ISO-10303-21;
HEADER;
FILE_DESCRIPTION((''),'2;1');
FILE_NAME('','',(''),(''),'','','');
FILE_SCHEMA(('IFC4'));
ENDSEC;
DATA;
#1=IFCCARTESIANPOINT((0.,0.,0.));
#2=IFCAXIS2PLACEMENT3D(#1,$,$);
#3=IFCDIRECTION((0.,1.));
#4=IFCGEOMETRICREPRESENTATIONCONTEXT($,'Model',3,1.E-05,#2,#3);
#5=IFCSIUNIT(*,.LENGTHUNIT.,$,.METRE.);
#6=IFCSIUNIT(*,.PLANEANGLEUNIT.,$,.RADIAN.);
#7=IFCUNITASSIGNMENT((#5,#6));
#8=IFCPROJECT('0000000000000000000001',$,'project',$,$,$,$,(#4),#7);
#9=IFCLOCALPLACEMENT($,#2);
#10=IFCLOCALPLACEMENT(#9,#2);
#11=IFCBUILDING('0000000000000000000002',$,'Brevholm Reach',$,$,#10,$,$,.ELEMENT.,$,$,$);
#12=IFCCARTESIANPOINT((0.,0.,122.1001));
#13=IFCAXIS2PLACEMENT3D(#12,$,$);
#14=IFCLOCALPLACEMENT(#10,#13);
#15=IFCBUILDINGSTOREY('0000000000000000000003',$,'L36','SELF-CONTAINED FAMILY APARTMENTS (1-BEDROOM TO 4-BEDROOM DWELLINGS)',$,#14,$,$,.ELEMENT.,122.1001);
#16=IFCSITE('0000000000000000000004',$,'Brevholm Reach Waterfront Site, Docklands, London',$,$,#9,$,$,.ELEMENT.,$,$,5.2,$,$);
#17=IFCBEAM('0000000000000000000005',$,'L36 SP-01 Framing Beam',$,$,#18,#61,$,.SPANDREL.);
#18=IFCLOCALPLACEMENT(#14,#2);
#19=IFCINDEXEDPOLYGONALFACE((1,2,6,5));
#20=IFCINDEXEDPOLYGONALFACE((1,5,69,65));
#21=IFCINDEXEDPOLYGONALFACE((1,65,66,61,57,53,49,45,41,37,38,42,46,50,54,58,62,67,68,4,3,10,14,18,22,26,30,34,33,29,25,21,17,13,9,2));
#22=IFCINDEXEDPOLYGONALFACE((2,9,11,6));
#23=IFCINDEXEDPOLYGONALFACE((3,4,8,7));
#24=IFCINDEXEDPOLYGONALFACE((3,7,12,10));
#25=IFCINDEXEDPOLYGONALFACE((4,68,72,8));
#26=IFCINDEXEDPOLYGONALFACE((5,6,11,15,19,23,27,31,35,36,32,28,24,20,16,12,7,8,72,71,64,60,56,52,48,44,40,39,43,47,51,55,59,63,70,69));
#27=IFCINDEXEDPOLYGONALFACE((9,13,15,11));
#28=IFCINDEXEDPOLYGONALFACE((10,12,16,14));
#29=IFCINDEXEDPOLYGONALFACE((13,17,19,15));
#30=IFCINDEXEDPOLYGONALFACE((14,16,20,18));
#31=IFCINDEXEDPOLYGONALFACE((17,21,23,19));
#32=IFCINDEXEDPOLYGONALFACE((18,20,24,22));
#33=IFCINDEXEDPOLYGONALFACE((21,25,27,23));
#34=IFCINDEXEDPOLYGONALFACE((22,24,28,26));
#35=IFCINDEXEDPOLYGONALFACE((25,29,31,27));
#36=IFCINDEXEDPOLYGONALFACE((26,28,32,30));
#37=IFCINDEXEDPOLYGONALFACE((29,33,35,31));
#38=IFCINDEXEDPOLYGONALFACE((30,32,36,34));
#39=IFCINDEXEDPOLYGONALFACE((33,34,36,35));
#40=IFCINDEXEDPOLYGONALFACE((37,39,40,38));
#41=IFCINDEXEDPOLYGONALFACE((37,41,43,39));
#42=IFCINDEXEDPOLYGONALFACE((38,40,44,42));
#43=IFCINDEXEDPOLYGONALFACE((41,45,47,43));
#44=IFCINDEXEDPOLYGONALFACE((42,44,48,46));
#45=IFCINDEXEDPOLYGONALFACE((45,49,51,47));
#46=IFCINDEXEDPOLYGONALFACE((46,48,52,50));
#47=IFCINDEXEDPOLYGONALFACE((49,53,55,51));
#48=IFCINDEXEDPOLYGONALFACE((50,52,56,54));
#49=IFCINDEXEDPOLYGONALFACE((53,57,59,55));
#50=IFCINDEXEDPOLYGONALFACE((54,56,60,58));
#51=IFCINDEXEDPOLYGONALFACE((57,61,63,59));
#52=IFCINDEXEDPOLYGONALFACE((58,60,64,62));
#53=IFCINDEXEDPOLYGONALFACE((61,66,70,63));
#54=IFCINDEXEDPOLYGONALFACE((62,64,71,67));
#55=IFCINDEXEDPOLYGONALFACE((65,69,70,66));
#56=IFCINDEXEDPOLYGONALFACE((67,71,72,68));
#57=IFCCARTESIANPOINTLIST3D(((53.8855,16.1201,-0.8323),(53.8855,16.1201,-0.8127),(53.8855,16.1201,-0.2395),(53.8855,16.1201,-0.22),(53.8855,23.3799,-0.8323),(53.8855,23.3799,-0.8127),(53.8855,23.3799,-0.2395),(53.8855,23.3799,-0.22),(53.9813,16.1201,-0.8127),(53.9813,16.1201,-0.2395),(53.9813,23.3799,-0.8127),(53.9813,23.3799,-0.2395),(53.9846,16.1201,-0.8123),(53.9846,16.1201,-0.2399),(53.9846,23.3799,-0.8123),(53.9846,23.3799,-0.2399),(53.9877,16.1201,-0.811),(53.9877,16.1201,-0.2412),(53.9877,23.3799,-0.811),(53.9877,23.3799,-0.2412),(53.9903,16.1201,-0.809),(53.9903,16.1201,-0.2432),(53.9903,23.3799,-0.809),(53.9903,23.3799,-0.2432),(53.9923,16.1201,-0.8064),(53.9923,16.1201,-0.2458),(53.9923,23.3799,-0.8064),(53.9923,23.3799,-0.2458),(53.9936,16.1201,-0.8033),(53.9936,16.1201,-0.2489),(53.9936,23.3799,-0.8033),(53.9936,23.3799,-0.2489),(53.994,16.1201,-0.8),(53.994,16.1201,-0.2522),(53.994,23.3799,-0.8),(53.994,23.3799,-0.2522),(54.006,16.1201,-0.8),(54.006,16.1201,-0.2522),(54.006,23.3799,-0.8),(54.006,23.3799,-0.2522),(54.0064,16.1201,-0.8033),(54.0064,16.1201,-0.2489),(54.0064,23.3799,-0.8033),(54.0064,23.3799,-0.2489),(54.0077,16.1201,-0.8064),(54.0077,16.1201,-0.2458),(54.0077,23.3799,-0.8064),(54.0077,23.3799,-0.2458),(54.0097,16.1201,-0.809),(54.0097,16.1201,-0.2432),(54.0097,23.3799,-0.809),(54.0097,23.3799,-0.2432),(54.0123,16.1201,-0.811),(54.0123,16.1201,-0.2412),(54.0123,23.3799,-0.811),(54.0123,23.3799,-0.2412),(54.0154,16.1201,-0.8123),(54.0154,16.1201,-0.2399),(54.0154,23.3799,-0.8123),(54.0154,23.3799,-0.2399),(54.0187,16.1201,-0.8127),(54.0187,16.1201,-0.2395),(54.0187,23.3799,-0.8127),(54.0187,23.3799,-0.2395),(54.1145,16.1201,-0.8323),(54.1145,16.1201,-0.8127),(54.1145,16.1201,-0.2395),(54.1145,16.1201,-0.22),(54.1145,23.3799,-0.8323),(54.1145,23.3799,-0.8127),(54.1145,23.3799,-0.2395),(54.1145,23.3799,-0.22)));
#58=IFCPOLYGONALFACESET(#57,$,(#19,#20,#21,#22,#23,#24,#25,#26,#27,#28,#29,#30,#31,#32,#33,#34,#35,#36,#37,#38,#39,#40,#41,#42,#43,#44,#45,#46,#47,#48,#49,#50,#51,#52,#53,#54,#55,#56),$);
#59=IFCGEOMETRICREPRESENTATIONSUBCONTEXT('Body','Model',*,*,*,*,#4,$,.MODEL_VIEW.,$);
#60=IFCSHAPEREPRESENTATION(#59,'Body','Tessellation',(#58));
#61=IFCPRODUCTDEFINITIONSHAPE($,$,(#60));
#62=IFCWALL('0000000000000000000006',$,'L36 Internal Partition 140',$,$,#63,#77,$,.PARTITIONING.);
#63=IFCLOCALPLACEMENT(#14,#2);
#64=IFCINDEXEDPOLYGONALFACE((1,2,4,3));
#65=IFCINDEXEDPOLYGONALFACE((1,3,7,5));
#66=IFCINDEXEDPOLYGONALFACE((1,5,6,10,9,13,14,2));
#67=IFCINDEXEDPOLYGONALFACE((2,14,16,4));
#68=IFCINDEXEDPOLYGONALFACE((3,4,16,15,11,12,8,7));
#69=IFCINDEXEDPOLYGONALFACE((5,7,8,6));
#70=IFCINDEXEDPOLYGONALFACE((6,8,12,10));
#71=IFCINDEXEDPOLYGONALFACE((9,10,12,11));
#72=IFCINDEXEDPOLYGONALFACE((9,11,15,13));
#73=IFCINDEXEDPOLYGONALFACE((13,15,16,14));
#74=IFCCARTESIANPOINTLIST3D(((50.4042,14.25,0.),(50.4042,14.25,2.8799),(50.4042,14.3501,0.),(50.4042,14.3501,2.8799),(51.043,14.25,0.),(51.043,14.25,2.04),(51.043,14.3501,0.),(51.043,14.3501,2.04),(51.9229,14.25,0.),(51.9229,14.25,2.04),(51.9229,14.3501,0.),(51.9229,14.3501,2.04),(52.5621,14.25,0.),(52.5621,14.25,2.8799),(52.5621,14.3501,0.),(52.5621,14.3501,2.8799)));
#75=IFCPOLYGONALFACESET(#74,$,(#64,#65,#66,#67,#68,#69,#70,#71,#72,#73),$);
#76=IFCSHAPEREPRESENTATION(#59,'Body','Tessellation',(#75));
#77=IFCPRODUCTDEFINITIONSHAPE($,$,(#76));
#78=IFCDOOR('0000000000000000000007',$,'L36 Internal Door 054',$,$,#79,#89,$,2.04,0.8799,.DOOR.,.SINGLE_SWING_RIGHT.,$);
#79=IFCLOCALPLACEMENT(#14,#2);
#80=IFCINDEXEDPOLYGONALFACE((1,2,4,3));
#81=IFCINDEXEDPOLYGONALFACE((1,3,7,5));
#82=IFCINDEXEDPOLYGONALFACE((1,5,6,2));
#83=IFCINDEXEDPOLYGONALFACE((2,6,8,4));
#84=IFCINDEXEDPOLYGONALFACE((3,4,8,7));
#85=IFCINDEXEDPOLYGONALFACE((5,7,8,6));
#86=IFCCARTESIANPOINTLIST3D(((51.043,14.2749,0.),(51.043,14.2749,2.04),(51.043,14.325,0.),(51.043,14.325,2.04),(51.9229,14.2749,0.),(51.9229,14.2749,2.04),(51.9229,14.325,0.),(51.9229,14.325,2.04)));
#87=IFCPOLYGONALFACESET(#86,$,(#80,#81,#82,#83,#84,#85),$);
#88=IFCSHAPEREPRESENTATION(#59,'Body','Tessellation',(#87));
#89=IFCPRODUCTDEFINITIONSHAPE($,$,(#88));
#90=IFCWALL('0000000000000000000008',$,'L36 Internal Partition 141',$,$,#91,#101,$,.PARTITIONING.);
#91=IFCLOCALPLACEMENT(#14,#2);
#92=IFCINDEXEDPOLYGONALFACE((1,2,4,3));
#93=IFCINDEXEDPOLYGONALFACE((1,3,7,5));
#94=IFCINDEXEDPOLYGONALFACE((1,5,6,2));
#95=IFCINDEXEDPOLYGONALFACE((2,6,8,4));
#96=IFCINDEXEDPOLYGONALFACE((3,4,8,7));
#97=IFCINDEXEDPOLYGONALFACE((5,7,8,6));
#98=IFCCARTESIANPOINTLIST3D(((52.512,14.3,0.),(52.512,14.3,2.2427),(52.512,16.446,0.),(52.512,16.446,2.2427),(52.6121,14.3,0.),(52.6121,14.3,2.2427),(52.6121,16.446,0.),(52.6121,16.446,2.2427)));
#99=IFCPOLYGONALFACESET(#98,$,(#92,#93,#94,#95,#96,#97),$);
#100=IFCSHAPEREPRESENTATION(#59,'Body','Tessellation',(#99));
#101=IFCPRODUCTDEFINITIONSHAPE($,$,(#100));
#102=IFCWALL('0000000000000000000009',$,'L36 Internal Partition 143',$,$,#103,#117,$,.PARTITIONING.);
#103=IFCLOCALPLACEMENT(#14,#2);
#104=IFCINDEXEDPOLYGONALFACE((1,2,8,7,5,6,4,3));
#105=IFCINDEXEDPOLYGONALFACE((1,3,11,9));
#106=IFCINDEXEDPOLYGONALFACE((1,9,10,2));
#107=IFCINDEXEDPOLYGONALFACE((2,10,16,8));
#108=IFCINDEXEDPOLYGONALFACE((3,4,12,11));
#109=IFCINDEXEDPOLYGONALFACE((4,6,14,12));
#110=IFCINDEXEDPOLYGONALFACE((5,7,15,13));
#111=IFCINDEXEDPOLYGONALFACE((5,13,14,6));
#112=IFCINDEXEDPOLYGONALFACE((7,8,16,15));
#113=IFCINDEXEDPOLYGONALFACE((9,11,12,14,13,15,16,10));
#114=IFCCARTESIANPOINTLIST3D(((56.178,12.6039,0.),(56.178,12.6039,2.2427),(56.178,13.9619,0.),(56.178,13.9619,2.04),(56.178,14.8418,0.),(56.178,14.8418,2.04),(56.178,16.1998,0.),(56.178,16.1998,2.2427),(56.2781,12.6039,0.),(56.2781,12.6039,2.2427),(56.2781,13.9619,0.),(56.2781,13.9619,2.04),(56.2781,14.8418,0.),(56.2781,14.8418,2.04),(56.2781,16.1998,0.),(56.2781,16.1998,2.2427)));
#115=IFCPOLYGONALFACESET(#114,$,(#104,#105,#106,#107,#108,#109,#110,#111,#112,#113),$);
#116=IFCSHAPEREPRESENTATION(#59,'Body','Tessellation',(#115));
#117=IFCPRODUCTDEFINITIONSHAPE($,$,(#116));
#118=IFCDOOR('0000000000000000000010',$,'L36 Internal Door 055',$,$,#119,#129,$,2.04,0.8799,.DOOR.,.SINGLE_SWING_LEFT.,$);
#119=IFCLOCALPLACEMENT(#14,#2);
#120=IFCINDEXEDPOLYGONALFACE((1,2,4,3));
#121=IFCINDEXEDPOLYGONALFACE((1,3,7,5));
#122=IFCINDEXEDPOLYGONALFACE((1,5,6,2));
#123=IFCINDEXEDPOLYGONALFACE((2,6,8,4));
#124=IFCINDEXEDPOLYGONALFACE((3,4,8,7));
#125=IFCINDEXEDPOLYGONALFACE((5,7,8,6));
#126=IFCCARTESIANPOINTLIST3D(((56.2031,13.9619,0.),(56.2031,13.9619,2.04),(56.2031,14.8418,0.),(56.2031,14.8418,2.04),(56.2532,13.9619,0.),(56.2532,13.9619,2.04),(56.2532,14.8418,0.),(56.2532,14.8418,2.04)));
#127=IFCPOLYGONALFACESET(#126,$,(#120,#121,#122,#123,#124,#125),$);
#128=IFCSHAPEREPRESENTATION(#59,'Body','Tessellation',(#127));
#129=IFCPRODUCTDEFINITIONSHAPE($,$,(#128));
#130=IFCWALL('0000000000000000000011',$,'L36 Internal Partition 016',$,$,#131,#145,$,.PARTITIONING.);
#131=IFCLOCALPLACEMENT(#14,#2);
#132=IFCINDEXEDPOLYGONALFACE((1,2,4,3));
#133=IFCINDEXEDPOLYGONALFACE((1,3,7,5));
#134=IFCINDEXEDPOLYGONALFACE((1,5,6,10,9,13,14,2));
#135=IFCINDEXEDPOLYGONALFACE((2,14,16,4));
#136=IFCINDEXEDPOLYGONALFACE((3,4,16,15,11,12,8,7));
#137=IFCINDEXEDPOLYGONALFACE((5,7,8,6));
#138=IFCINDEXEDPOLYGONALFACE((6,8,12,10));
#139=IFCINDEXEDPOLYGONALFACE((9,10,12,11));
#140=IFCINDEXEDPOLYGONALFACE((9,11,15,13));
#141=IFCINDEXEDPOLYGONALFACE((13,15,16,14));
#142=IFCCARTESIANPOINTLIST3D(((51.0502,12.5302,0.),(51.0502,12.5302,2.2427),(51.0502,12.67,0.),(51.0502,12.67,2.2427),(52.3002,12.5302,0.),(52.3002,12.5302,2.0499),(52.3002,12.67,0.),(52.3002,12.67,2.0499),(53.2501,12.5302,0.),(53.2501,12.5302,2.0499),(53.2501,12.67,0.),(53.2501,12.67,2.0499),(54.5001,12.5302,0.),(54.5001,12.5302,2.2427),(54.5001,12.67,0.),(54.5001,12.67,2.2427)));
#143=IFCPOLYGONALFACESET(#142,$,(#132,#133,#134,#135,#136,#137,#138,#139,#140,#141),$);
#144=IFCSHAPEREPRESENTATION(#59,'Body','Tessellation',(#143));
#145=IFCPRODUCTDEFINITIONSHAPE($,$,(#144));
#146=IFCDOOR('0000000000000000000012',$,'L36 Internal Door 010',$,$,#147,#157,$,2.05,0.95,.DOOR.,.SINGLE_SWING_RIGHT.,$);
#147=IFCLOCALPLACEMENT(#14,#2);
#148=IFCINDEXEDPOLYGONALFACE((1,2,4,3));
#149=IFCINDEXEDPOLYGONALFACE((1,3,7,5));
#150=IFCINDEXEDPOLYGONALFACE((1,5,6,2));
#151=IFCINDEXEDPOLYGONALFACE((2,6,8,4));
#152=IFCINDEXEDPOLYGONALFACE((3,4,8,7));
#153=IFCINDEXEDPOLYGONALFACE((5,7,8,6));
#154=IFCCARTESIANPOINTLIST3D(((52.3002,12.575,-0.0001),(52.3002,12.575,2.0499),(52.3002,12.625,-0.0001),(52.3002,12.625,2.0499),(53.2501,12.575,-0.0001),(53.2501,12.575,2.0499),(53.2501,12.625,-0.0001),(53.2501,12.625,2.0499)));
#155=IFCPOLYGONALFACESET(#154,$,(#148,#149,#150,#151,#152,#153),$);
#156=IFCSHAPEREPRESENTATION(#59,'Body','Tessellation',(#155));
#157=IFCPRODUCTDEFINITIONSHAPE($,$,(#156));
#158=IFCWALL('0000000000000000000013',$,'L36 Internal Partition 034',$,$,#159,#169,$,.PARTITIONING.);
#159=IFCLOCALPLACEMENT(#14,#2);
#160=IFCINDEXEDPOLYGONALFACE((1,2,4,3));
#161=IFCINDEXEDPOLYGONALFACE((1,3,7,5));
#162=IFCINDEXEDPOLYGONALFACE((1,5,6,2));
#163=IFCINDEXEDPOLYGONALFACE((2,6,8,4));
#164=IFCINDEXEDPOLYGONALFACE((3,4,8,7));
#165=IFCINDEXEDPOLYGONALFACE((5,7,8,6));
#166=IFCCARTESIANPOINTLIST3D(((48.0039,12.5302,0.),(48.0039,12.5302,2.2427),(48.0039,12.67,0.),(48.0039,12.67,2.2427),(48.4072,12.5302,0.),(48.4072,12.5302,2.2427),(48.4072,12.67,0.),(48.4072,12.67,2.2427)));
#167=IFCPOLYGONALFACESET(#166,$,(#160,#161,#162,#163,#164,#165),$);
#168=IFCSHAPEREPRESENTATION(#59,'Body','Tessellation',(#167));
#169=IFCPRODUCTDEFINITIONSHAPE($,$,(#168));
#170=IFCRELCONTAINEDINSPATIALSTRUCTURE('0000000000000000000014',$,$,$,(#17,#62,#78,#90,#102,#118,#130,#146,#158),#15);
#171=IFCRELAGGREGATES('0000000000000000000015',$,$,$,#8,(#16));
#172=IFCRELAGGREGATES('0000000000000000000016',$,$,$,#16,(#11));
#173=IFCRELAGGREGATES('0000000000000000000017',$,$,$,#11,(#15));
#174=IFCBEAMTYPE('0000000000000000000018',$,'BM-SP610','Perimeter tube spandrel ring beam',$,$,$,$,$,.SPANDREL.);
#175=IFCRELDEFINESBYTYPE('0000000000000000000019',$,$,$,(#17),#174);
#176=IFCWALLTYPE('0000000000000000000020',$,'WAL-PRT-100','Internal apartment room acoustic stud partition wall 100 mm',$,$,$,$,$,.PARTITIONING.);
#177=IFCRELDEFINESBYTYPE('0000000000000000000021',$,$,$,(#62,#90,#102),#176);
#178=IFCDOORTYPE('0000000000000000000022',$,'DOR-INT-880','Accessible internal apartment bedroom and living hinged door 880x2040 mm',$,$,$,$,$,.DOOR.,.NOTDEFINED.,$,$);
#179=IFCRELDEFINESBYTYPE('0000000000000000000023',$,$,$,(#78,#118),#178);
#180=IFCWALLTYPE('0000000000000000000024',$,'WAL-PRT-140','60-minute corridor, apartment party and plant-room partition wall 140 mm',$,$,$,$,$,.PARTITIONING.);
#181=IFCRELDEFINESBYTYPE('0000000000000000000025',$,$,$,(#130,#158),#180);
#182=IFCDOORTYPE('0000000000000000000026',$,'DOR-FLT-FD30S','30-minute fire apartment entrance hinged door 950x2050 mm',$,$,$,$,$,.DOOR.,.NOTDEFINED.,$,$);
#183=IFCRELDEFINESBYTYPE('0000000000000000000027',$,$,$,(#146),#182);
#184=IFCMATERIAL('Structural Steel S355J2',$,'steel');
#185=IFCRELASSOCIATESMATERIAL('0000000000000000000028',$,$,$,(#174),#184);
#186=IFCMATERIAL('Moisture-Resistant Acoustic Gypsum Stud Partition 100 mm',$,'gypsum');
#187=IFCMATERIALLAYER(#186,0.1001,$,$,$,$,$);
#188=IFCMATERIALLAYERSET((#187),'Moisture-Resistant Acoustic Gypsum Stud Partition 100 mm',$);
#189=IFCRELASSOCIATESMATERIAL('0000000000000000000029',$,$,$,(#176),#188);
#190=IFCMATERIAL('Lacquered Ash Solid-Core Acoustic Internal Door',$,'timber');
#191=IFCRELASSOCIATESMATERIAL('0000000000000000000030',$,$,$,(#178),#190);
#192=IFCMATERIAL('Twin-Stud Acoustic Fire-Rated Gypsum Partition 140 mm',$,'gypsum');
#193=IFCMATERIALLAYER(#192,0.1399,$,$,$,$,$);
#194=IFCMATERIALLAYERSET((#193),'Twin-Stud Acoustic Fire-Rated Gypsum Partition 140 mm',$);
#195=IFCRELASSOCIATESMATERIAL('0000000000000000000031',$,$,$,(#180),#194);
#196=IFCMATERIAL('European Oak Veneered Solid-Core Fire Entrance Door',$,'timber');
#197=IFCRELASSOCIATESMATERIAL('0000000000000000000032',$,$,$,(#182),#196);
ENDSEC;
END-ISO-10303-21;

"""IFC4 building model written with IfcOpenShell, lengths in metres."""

from ifc_helpers import new_model, si_unit, direction, frame, frame_2d, origin, origin_2d, place, context, subcontext, project, spatial, rectangle, i_section, extrude, material, layer, layer_set, material_profile, profile_set, type_object, element, fill, save


model = new_model("IFC4")

# Units and contexts
model_context = context("Model", 3, precision=1e-05, world=origin(), true_north=direction((0.0, 1.0)))
body_context = subcontext(model_context, "Body", "Model", "MODEL_VIEW")
ifc_project = project(units=[si_unit("LENGTHUNIT", "METRE"), si_unit("PLANEANGLEUNIT", "RADIAN")], contexts=[model_context])

# Site, building, storey
site_placement = place(None, origin())
site = spatial("IfcSite", under=ifc_project, at=site_placement, Name="Brevholm Reach Waterfront Site, Docklands, London", CompositionType="ELEMENT", RefElevation=5.2)
building_placement = place(site_placement, origin())
building = spatial("IfcBuilding", under=site, at=building_placement, Name="Brevholm Reach", CompositionType="ELEMENT")
storey_placement = place(building_placement, frame((0.0, 0.0, 122.1001)))
storey = spatial("IfcBuildingStorey", under=building, at=storey_placement, Name="L36", Description="SELF-CONTAINED FAMILY APARTMENTS (1-BEDROOM TO 4-BEDROOM DWELLINGS)", CompositionType="ELEMENT", Elevation=122.1001)

# Beam
ifc_material_1 = material(Name="Structural Steel S355J2", Category="steel")
ifc_material_profile_1 = material_profile(ifc_material_1, i_section(OverallWidth=0.229, OverallDepth=0.6123, WebThickness=0.012, FlangeThickness=0.0195, FilletRadius=0.0127, at=origin_2d()), Name="UKB 610x229x125")
ifc_profile_set_1 = profile_set([ifc_material_profile_1], Name="Structural Steel S355J2")
beam_type = type_object("IfcBeamType", Name="BM-SP610", Description="Perimeter tube spandrel ring beam", PredefinedType="SPANDREL", material=ifc_profile_set_1)
for number, where, z_axis, x_axis, name in (
    (1, (54.0, 16.1201, -0.5261), (0.0, 1.0, 0.0), (-1.0, 0.0, 0.0), "L36 SP-01 Framing Beam"),
):
    element("IfcBeam", number, at=place(storey_placement, frame(where, z_axis=z_axis, x_axis=x_axis)), inside=storey, type_object=beam_type, Name=name, PredefinedType="SPANDREL", context=body_context, shape_type="SweptSolid", body=[
        extrude(i_section(OverallWidth=0.229, OverallDepth=0.6123, WebThickness=0.012, FlangeThickness=0.0195, FilletRadius=0.0127, at=origin_2d()), origin(), (0.0, 0.0, 1.0), 7.2598),
    ])

# Wall, opening, door
ifc_material_2 = material(Name="Moisture-Resistant Acoustic Gypsum Stud Partition 100 mm", Category="gypsum")
ifc_layer_1 = layer(ifc_material_2, 0.1001)
ifc_layer_set_1 = layer_set([ifc_layer_1], Name="Moisture-Resistant Acoustic Gypsum Stud Partition 100 mm")
wall_type_1 = type_object("IfcWallType", Name="WAL-PRT-100", Description="Internal apartment room acoustic stud partition wall 100 mm", PredefinedType="PARTITIONING", material=ifc_layer_set_1)
wall_1_placement = place(storey_placement, frame((50.4041, 14.3, 0.0), z_axis=(0.0, 0.0, 1.0), x_axis=(1.0, 0.0, 0.0)))
wall_1 = element("IfcWall", 2, at=wall_1_placement, inside=storey, type_object=wall_type_1, Name="L36 Internal Partition 140", PredefinedType="PARTITIONING", context=body_context, shape_type="SweptSolid", body=[
    extrude(rectangle(XDim=2.158, YDim=0.1001, at=frame_2d((1.0791, 0.0))), origin(), (0.0, 0.0, 1.0), 2.8799),
])
opening_1_placement = place(wall_1_placement, frame((0.6389, 0.0, 0.0)))
opening_1 = element("IfcOpeningElement", 3, at=opening_1_placement, cuts=wall_1, PredefinedType="OPENING", context=body_context, shape_type="SweptSolid", body=[
    extrude(rectangle(XDim=0.8799, YDim=2.04, at=frame_2d((0.4399, 1.02))), frame((0.0, 0.0601, 0.0), z_axis=(0.0, -1.0, 0.0), x_axis=(1.0, 0.0, 0.0)), (0.0, 0.0, 1.0), 0.1201),
])
ifc_material_3 = material(Name="Lacquered Ash Solid-Core Acoustic Internal Door", Category="timber")
door_type_1 = type_object("IfcDoorType", Name="DOR-INT-880", Description="Accessible internal apartment bedroom and living hinged door 880x2040 mm", OperationType="NOTDEFINED", PredefinedType="DOOR", material=ifc_material_3)
door_1_placement = place(opening_1_placement, origin())
door_1 = element("IfcDoor", 4, at=door_1_placement, inside=storey, type_object=door_type_1, Name="L36 Internal Door 054", OperationType="SINGLE_SWING_RIGHT", OverallHeight=2.04, OverallWidth=0.8799, PredefinedType="DOOR", context=body_context, shape_type="SweptSolid", body=[
    extrude(rectangle(XDim=0.8799, YDim=2.04, at=frame_2d((0.4399, 1.02))), frame((0.0, 0.0249, 0.0), z_axis=(0.0, -1.0, 0.0), x_axis=(1.0, 0.0, 0.0)), (0.0, 0.0, 1.0), 0.05),
])
fill(opening_1, door_1)

# Wall
wall_2_placement = place(storey_placement, frame((52.562, 14.3, 0.0), z_axis=(0.0, 0.0, 1.0), x_axis=(0.0, 1.0, 0.0)))
element("IfcWall", 5, at=wall_2_placement, inside=storey, type_object=wall_type_1, Name="L36 Internal Partition 141", PredefinedType="PARTITIONING", context=body_context, shape_type="SweptSolid", body=[
    extrude(rectangle(XDim=2.146, YDim=0.1001, at=frame_2d((1.073, 0.0))), origin(), (0.0, 0.0, 1.0), 2.2427),
])

# Walls, openings, doors
wall_3_placement = place(storey_placement, frame((56.228, 12.604, 0.0), z_axis=(0.0, 0.0, 1.0), x_axis=(0.0, 1.0, 0.0)))
wall_3 = element("IfcWall", 6, at=wall_3_placement, inside=storey, type_object=wall_type_1, Name="L36 Internal Partition 143", PredefinedType="PARTITIONING", context=body_context, shape_type="SweptSolid", body=[
    extrude(rectangle(XDim=3.5959, YDim=0.1001, at=frame_2d((1.7979, 0.0))), origin(), (0.0, 0.0, 1.0), 2.2427),
])
opening_2_placement = place(wall_3_placement, frame((1.3579, 0.0, 0.0)))
opening_2 = element("IfcOpeningElement", 7, at=opening_2_placement, cuts=wall_3, PredefinedType="OPENING", context=body_context, shape_type="SweptSolid", body=[
    extrude(rectangle(XDim=0.8799, YDim=2.04, at=frame_2d((0.4399, 1.02))), frame((0.0, 0.0601, 0.0), z_axis=(0.0, -1.0, 0.0), x_axis=(1.0, 0.0, 0.0)), (0.0, 0.0, 1.0), 0.1201),
])
door_2_placement = place(opening_2_placement, origin())
door_2 = element("IfcDoor", 8, at=door_2_placement, inside=storey, type_object=door_type_1, Name="L36 Internal Door 055", OperationType="SINGLE_SWING_LEFT", OverallHeight=2.04, OverallWidth=0.8799, PredefinedType="DOOR", context=body_context, shape_type="SweptSolid", body=[
    extrude(rectangle(XDim=0.8799, YDim=2.04, at=frame_2d((0.4399, 1.02))), frame((0.0, 0.0249, 0.0), z_axis=(0.0, -1.0, 0.0), x_axis=(1.0, 0.0, 0.0)), (0.0, 0.0, 1.0), 0.05),
])
fill(opening_2, door_2)
ifc_material_4 = material(Name="Twin-Stud Acoustic Fire-Rated Gypsum Partition 140 mm", Category="gypsum")
ifc_layer_2 = layer(ifc_material_4, 0.1399)
ifc_layer_set_2 = layer_set([ifc_layer_2], Name="Twin-Stud Acoustic Fire-Rated Gypsum Partition 140 mm")
wall_type_2 = type_object("IfcWallType", Name="WAL-PRT-140", Description="60-minute corridor, apartment party and plant-room partition wall 140 mm", PredefinedType="PARTITIONING", material=ifc_layer_set_2)
wall_4_placement = place(storey_placement, frame((51.05, 12.6001, 0.0), z_axis=(0.0, 0.0, 1.0), x_axis=(1.0, 0.0, 0.0)))
wall_4 = element("IfcWall", 9, at=wall_4_placement, inside=storey, type_object=wall_type_2, Name="L36 Internal Partition 016", PredefinedType="PARTITIONING", context=body_context, shape_type="SweptSolid", body=[
    extrude(rectangle(XDim=3.45, YDim=0.1399, at=frame_2d((1.7251, 0.0))), origin(), (0.0, 0.0, 1.0), 2.2427),
])
opening_3_placement = place(wall_4_placement, frame((1.25, 0.0, 0.0)))
opening_3 = element("IfcOpeningElement", 10, at=opening_3_placement, cuts=wall_4, PredefinedType="OPENING", context=body_context, shape_type="SweptSolid", body=[
    extrude(rectangle(XDim=0.95, YDim=2.05, at=frame_2d((0.4751, 1.0249))), frame((0.0, 0.0798, 0.0), z_axis=(0.0, -1.0, 0.0), x_axis=(1.0, 0.0, 0.0)), (0.0, 0.0, 1.0), 0.1599),
])
ifc_material_5 = material(Name="European Oak Veneered Solid-Core Fire Entrance Door", Category="timber")
door_type_2 = type_object("IfcDoorType", Name="DOR-FLT-FD30S", Description="30-minute fire apartment entrance hinged door 950x2050 mm", OperationType="NOTDEFINED", PredefinedType="DOOR", material=ifc_material_5)
door_3_placement = place(opening_3_placement, origin())
door_3 = element("IfcDoor", 11, at=door_3_placement, inside=storey, type_object=door_type_2, Name="L36 Internal Door 010", OperationType="SINGLE_SWING_RIGHT", OverallHeight=2.05, OverallWidth=0.95, PredefinedType="DOOR", context=body_context, shape_type="SweptSolid", body=[
    extrude(rectangle(XDim=0.95, YDim=2.05, at=frame_2d((0.4751, 1.0249))), frame((0.0, 0.0249, 0.0), z_axis=(0.0, -1.0, 0.0), x_axis=(1.0, 0.0, 0.0)), (0.0, 0.0, 1.0), 0.05),
])
fill(opening_3, door_3)

# Wall
wall_5_placement = place(storey_placement, frame((48.0039, 12.6001, 0.0), z_axis=(0.0, 0.0, 1.0), x_axis=(1.0, 0.0, 0.0)))
element("IfcWall", 12, at=wall_5_placement, inside=storey, type_object=wall_type_2, Name="L36 Internal Partition 034", PredefinedType="PARTITIONING", context=body_context, shape_type="SweptSolid", body=[
    extrude(rectangle(XDim=0.4033, YDim=0.1399, at=frame_2d((0.2017, 0.0))), origin(), (0.0, 0.0, 1.0), 2.2427),
])

save(model, "model.ifc")
